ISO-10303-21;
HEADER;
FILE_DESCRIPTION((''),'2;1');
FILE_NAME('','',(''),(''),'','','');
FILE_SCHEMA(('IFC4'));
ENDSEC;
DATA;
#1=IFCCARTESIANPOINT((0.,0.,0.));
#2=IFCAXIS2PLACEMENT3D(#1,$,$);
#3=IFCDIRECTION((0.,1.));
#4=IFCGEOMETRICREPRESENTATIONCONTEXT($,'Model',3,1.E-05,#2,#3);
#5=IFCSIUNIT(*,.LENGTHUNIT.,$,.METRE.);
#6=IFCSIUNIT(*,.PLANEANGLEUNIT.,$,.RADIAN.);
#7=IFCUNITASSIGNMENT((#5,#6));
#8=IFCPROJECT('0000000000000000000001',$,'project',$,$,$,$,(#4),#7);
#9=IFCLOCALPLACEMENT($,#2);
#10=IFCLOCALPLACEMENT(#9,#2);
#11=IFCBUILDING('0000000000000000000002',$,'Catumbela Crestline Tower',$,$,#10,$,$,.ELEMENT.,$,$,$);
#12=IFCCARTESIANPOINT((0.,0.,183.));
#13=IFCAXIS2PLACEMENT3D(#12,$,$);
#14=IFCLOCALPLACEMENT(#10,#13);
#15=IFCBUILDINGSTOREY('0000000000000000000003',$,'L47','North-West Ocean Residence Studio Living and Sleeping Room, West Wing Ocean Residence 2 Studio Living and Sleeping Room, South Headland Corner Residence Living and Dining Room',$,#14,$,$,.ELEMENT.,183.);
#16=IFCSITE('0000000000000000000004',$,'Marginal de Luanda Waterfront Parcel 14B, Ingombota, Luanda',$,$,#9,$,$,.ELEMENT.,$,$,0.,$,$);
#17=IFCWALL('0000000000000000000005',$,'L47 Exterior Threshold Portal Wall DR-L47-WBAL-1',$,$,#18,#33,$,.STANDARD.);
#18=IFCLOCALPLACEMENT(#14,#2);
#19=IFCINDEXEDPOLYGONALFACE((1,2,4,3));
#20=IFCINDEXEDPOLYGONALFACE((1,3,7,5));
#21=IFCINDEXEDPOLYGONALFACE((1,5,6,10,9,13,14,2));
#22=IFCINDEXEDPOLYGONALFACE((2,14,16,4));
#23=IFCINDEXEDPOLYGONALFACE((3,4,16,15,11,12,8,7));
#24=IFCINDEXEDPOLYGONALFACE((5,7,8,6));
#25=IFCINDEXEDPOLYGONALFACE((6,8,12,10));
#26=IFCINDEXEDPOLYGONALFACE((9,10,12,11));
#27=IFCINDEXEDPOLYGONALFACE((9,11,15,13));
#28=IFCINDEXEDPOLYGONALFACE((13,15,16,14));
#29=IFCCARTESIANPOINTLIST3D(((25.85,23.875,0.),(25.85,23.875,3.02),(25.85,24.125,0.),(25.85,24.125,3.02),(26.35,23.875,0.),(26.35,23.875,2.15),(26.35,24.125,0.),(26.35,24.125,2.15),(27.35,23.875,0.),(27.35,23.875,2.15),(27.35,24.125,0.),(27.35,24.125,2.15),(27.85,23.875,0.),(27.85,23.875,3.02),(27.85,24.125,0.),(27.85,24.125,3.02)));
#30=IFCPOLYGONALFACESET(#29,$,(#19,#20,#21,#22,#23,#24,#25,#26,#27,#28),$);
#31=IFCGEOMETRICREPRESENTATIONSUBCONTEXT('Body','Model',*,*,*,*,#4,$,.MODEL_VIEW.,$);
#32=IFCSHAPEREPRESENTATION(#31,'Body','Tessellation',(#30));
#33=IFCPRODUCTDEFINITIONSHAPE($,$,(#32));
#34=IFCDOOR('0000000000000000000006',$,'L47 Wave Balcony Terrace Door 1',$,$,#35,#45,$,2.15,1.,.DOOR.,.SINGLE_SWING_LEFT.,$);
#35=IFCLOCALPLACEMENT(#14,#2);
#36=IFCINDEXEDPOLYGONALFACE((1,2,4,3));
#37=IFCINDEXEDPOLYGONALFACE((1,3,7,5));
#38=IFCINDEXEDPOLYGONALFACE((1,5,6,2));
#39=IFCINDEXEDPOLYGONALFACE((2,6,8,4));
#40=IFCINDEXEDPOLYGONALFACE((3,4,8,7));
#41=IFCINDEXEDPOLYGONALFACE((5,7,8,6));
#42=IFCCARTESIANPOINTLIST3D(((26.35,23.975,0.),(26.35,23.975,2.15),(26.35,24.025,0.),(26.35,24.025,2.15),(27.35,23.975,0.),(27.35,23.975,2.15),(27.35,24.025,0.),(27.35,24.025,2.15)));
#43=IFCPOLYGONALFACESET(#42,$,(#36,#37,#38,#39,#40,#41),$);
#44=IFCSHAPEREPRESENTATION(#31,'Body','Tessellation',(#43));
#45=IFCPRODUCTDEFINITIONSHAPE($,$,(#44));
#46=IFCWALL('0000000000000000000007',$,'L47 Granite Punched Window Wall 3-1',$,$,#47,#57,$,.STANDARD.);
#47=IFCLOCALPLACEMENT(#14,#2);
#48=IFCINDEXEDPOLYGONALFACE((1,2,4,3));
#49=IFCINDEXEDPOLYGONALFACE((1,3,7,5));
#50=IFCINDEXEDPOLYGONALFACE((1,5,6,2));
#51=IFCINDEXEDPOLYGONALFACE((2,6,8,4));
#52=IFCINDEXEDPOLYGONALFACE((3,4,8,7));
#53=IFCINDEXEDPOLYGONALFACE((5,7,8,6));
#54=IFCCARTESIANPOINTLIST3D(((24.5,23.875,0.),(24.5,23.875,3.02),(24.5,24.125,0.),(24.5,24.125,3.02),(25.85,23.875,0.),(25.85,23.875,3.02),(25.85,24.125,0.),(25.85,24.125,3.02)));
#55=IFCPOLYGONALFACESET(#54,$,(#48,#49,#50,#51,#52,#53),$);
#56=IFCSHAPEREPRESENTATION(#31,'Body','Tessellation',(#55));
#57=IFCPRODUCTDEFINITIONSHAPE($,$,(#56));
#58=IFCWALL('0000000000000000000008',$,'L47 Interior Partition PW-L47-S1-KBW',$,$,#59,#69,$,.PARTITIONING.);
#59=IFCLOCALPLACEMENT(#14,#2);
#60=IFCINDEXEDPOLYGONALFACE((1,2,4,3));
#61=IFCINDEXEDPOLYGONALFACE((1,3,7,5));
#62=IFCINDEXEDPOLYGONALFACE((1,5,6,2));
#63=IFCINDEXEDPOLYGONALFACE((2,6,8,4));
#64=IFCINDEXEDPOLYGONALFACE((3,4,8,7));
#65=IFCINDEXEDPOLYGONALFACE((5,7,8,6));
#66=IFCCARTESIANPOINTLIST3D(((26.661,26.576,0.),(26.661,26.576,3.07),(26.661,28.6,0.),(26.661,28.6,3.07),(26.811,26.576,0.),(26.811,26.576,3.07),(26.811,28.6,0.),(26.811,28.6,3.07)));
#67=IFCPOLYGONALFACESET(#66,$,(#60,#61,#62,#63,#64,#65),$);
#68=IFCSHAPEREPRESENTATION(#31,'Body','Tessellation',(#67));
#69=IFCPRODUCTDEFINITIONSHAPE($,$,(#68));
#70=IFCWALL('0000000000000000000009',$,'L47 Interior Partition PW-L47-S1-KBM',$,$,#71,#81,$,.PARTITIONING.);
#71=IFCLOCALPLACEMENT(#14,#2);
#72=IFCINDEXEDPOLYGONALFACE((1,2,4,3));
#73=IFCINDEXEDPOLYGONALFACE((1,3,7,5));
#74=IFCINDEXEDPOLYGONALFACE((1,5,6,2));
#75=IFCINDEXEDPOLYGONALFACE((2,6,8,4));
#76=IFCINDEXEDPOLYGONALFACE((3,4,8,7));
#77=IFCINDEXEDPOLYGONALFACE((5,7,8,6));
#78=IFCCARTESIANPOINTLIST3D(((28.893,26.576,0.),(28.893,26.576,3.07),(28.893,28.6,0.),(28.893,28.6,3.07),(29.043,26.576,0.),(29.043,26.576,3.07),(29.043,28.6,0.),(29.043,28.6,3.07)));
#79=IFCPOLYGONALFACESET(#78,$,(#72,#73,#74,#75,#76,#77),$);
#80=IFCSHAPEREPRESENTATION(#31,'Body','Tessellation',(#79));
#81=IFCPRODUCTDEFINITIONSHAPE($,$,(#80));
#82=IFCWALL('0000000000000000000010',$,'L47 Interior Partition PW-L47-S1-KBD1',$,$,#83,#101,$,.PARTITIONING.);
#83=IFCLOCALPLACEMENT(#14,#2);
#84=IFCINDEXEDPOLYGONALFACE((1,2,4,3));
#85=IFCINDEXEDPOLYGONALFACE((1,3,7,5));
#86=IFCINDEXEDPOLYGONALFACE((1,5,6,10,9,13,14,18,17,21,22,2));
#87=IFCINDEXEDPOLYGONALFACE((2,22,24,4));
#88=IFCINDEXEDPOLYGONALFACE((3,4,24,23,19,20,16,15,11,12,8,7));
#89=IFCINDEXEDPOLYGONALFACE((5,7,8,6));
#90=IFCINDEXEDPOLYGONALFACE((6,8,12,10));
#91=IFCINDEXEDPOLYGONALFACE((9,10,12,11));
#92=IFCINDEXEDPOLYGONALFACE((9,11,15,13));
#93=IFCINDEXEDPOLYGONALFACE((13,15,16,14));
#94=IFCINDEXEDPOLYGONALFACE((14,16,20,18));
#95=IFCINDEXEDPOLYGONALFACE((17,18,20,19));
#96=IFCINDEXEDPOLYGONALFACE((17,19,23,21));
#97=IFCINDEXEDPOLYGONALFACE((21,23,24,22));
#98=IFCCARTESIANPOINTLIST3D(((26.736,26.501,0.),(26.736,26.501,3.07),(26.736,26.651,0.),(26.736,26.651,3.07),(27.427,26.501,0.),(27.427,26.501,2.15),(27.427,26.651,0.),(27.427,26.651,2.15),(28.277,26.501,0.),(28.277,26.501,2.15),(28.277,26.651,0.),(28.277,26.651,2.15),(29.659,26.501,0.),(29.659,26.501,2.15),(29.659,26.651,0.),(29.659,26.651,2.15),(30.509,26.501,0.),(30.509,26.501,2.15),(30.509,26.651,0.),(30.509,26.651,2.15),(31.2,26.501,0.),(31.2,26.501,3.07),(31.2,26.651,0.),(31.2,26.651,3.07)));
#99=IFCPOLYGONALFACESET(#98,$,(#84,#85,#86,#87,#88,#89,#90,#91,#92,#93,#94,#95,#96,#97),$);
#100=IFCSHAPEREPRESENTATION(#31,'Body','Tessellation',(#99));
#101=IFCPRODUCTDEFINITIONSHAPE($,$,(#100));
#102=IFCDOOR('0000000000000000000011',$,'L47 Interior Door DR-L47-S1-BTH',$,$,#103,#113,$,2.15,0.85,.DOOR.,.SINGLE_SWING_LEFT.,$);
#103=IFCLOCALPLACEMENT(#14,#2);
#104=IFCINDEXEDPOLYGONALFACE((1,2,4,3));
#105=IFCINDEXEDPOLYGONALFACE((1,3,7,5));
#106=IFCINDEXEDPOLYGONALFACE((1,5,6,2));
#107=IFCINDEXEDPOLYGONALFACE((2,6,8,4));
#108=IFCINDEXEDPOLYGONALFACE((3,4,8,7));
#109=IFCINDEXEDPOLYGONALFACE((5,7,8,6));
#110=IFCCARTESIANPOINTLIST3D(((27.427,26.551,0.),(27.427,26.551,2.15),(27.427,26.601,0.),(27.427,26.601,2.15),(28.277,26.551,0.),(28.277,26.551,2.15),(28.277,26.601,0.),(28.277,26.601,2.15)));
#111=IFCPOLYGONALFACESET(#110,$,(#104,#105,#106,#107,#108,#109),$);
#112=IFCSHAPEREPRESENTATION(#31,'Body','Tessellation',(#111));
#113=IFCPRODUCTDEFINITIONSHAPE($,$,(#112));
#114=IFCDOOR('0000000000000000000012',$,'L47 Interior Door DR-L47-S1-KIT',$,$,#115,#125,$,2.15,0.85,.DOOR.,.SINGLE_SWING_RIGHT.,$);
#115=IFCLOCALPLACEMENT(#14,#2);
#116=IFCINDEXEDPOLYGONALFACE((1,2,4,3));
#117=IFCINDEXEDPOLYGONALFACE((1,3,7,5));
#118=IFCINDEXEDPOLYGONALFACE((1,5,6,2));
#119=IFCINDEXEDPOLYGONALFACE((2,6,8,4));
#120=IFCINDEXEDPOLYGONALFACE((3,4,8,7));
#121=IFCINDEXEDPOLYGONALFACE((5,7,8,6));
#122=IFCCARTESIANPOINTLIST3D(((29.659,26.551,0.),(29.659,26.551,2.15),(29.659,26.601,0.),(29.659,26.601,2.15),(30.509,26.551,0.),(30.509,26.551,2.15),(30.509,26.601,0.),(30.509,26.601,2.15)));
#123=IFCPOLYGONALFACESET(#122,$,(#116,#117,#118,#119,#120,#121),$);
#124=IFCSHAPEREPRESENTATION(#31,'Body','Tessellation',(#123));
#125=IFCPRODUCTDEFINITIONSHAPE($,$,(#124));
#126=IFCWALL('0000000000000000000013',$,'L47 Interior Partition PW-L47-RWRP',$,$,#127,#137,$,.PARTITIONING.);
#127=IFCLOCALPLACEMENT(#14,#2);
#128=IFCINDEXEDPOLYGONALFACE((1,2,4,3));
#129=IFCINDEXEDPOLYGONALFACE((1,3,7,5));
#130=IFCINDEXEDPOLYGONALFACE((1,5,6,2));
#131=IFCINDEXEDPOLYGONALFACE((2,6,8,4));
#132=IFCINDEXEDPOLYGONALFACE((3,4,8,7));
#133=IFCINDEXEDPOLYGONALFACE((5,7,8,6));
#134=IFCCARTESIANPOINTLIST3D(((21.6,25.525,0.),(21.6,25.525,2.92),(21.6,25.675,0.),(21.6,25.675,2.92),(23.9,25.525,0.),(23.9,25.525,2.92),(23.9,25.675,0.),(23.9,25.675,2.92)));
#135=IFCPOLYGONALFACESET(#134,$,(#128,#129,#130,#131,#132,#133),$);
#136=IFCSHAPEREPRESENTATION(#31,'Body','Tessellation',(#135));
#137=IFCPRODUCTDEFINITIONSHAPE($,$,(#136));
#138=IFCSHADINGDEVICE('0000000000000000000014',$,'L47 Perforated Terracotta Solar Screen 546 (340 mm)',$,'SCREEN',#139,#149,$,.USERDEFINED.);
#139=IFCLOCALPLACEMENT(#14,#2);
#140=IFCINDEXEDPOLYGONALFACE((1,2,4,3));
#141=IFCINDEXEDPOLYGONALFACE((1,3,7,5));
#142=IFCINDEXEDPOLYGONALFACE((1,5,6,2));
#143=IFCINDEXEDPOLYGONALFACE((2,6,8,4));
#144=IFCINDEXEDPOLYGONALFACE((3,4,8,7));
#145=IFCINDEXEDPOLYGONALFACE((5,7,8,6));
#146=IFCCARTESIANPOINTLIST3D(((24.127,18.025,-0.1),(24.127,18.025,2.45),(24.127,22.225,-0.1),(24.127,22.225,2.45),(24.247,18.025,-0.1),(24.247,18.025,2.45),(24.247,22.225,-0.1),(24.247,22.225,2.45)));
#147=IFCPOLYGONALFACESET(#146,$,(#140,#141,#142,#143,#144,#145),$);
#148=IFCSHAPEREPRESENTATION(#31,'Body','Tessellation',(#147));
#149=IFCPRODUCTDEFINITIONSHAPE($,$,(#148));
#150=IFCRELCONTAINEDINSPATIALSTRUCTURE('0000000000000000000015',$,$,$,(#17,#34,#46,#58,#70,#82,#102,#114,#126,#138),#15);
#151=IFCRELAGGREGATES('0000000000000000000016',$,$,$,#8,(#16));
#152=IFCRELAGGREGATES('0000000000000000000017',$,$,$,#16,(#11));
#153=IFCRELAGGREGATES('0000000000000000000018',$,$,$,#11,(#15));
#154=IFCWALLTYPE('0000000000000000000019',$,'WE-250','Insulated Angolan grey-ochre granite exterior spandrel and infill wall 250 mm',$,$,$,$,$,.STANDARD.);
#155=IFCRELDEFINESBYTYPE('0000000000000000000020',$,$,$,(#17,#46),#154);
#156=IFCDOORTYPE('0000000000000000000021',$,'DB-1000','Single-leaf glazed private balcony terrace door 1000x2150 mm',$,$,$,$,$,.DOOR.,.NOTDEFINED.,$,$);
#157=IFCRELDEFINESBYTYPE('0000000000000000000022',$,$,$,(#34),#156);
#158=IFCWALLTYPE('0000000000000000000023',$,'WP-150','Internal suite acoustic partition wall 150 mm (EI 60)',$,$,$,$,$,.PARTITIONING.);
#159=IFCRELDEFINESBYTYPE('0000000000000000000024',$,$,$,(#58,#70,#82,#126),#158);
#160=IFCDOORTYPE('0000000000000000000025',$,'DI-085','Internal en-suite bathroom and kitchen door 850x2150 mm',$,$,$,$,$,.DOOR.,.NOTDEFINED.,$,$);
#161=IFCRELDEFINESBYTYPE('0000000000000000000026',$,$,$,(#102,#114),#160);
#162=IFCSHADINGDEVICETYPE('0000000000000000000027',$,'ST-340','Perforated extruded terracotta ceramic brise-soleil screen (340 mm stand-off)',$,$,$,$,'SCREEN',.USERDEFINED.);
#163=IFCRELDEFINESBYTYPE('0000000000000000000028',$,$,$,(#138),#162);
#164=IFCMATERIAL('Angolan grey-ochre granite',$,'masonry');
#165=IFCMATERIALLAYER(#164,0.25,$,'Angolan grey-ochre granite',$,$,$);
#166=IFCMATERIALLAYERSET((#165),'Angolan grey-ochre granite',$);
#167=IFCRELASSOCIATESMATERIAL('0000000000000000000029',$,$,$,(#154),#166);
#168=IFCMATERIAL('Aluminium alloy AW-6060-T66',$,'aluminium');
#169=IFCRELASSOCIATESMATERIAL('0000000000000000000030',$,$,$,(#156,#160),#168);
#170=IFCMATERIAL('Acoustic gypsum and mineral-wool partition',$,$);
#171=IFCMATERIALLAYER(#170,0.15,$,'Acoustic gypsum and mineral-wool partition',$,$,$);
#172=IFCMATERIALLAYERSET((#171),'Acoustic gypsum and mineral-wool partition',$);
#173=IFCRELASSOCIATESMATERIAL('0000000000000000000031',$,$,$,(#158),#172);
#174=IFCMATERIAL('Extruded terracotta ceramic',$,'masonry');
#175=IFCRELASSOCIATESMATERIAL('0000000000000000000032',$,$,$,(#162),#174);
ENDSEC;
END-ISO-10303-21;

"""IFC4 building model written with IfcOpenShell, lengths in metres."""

from ifc_helpers import new_model, si_unit, direction, frame, frame_2d, origin, origin_2d, place, context, subcontext, project, spatial, rectangle, extrude, material, layer, layer_set, type_object, element, fill, save


model = new_model("IFC4")

# Units and contexts
model_context = context("Model", 3, precision=1e-05, world=origin(), true_north=direction((0.0, 1.0)))
body_context = subcontext(model_context, "Body", "Model", "MODEL_VIEW")
ifc_project = project(units=[si_unit("LENGTHUNIT", "METRE"), si_unit("PLANEANGLEUNIT", "RADIAN")], contexts=[model_context])

# Site, building, storey
site_placement = place(None, origin())
site = spatial("IfcSite", under=ifc_project, at=site_placement, Name="Marginal de Luanda Waterfront Parcel 14B, Ingombota, Luanda", CompositionType="ELEMENT", RefElevation=0.0)
building_placement = place(site_placement, origin())
building = spatial("IfcBuilding", under=site, at=building_placement, Name="Catumbela Crestline Tower", CompositionType="ELEMENT")
storey_placement = place(building_placement, frame((0.0, 0.0, 183.0)))
storey = spatial("IfcBuildingStorey", under=building, at=storey_placement, Name="L47", Description="North-West Ocean Residence Studio Living and Sleeping Room, West Wing Ocean Residence 2 Studio Living and Sleeping Room, South Headland Corner Residence Living and Dining Room", CompositionType="ELEMENT", Elevation=183.0)

# Shared definitions
ifc_material_1 = material(Name="Aluminium alloy AW-6060-T66", Category="aluminium")

# Wall, opening, door
ifc_material_2 = material(Name="Acoustic gypsum and mineral-wool partition")
ifc_material_3 = material(Name="Angolan grey-ochre granite", Category="masonry")
ifc_layer_1 = layer(ifc_material_3, 0.25, Name="Angolan grey-ochre granite")
ifc_layer_set_1 = layer_set([ifc_layer_1], Name="Angolan grey-ochre granite")
wall_type_1 = type_object("IfcWallType", Name="WE-250", Description="Insulated Angolan grey-ochre granite exterior spandrel and infill wall 250 mm", PredefinedType="STANDARD", material=ifc_layer_set_1)
wall_1_placement = place(storey_placement, frame((25.85, 24.0, 0.0), z_axis=(0.0, 0.0, 1.0), x_axis=(1.0, 0.0, 0.0)))
wall_1 = element("IfcWall", 1, at=wall_1_placement, inside=storey, type_object=wall_type_1, Name="L47 Exterior Threshold Portal Wall DR-L47-WBAL-1", PredefinedType="STANDARD", context=body_context, shape_type="SweptSolid", body=[
    extrude(rectangle(XDim=2.0, YDim=0.25, at=frame_2d((1.0, 0.0))), origin(), (0.0, 0.0, 1.0), 3.02),
])
opening_1_placement = place(wall_1_placement, frame((0.5, 0.0, 0.0)))
opening_1 = element("IfcOpeningElement", 2, at=opening_1_placement, cuts=wall_1, PredefinedType="OPENING", context=body_context, shape_type="SweptSolid", body=[
    extrude(rectangle(XDim=1.0, YDim=2.15, at=frame_2d((0.5, 1.075))), frame((0.0, 0.135, 0.0), z_axis=(0.0, -1.0, 0.0), x_axis=(1.0, 0.0, 0.0)), (0.0, 0.0, 1.0), 0.27),
])
door_type_1 = type_object("IfcDoorType", Name="DB-1000", Description="Single-leaf glazed private balcony terrace door 1000x2150 mm", OperationType="NOTDEFINED", PredefinedType="DOOR", material=ifc_material_1)
door_1_placement = place(opening_1_placement, origin())
door_1 = element("IfcDoor", 3, at=door_1_placement, inside=storey, type_object=door_type_1, Name="L47 Wave Balcony Terrace Door 1", OperationType="SINGLE_SWING_LEFT", OverallHeight=2.15, OverallWidth=1.0, PredefinedType="DOOR", context=body_context, shape_type="SweptSolid", body=[
    extrude(rectangle(XDim=1.0, YDim=2.15, at=frame_2d((0.5, 1.075))), frame((0.0, 0.025, 0.0), z_axis=(0.0, -1.0, 0.0), x_axis=(1.0, 0.0, 0.0)), (0.0, 0.0, 1.0), 0.05),
])
fill(opening_1, door_1)

# Walls
wall_2_placement = place(storey_placement, frame((24.5, 24.0, 0.0), z_axis=(0.0, 0.0, 1.0), x_axis=(1.0, 0.0, 0.0)))
element("IfcWall", 4, at=wall_2_placement, inside=storey, type_object=wall_type_1, Name="L47 Granite Punched Window Wall 3-1", PredefinedType="STANDARD", context=body_context, shape_type="SweptSolid", body=[
    extrude(rectangle(XDim=1.35, YDim=0.25, at=frame_2d((0.675, 0.0))), origin(), (0.0, 0.0, 1.0), 3.02),
])
ifc_layer_2 = layer(ifc_material_2, 0.15, Name="Acoustic gypsum and mineral-wool partition")
ifc_layer_set_2 = layer_set([ifc_layer_2], Name="Acoustic gypsum and mineral-wool partition")
wall_type_2 = type_object("IfcWallType", Name="WP-150", Description="Internal suite acoustic partition wall 150 mm (EI 60)", PredefinedType="PARTITIONING", material=ifc_layer_set_2)
for number, where, z_axis, x_axis, name in (
    (5, (26.736, 26.576, 0.0), (0.0, 0.0, 1.0), (0.0, 1.0, 0.0), "L47 Interior Partition PW-L47-S1-KBW"),
    (6, (28.968, 26.576, 0.0), (0.0, 0.0, 1.0), (0.0, 1.0, 0.0), "L47 Interior Partition PW-L47-S1-KBM"),
):
    element("IfcWall", number, at=place(storey_placement, frame(where, z_axis=z_axis, x_axis=x_axis)), inside=storey, type_object=wall_type_2, Name=name, PredefinedType="PARTITIONING", context=body_context, shape_type="SweptSolid", body=[
        extrude(rectangle(XDim=2.024, YDim=0.15, at=frame_2d((1.012, 0.0))), origin(), (0.0, 0.0, 1.0), 3.07),
    ])

# Wall, openings, doors
wall_3_placement = place(storey_placement, frame((26.736, 26.576, 0.0), z_axis=(0.0, 0.0, 1.0), x_axis=(1.0, 0.0, 0.0)))
wall_3 = element("IfcWall", 7, at=wall_3_placement, inside=storey, type_object=wall_type_2, Name="L47 Interior Partition PW-L47-S1-KBD1", PredefinedType="PARTITIONING", context=body_context, shape_type="SweptSolid", body=[
    extrude(rectangle(XDim=4.464, YDim=0.15, at=frame_2d((2.232, 0.0))), origin(), (0.0, 0.0, 1.0), 3.07),
])
opening_2_placement = place(wall_3_placement, frame((0.691, 0.0, 0.0)))
opening_2 = element("IfcOpeningElement", 8, at=opening_2_placement, cuts=wall_3, PredefinedType="OPENING", context=body_context, shape_type="SweptSolid", body=[
    extrude(rectangle(XDim=0.85, YDim=2.15, at=frame_2d((0.425, 1.075))), frame((0.0, 0.085, 0.0), z_axis=(0.0, -1.0, 0.0), x_axis=(1.0, 0.0, 0.0)), (0.0, 0.0, 1.0), 0.17),
])
opening_3_placement = place(wall_3_placement, frame((2.923, 0.0, 0.0)))
opening_3 = element("IfcOpeningElement", 9, at=opening_3_placement, cuts=wall_3, PredefinedType="OPENING", context=body_context, shape_type="SweptSolid", body=[
    extrude(rectangle(XDim=0.85, YDim=2.15, at=frame_2d((0.425, 1.075))), frame((0.0, 0.085, 0.0), z_axis=(0.0, -1.0, 0.0), x_axis=(1.0, 0.0, 0.0)), (0.0, 0.0, 1.0), 0.17),
])
door_type_2 = type_object("IfcDoorType", Name="DI-085", Description="Internal en-suite bathroom and kitchen door 850x2150 mm", OperationType="NOTDEFINED", PredefinedType="DOOR", material=ifc_material_1)
door_2_placement = place(opening_2_placement, origin())
door_2 = element("IfcDoor", 10, at=door_2_placement, inside=storey, type_object=door_type_2, Name="L47 Interior Door DR-L47-S1-BTH", OperationType="SINGLE_SWING_LEFT", OverallHeight=2.15, OverallWidth=0.85, PredefinedType="DOOR", context=body_context, shape_type="SweptSolid", body=[
    extrude(rectangle(XDim=0.85, YDim=2.15, at=frame_2d((0.425, 1.075))), frame((0.0, 0.025, 0.0), z_axis=(0.0, -1.0, 0.0), x_axis=(1.0, 0.0, 0.0)), (0.0, 0.0, 1.0), 0.05),
])
fill(opening_2, door_2)
door_3_placement = place(opening_3_placement, origin())
door_3 = element("IfcDoor", 11, at=door_3_placement, inside=storey, type_object=door_type_2, Name="L47 Interior Door DR-L47-S1-KIT", OperationType="SINGLE_SWING_RIGHT", OverallHeight=2.15, OverallWidth=0.85, PredefinedType="DOOR", context=body_context, shape_type="SweptSolid", body=[
    extrude(rectangle(XDim=0.85, YDim=2.15, at=frame_2d((0.425, 1.075))), frame((0.0, 0.025, 0.0), z_axis=(0.0, -1.0, 0.0), x_axis=(1.0, 0.0, 0.0)), (0.0, 0.0, 1.0), 0.05),
])
fill(opening_3, door_3)

# Wall
wall_4_placement = place(storey_placement, frame((21.6, 25.6, 0.0), z_axis=(0.0, 0.0, 1.0), x_axis=(1.0, 0.0, 0.0)))
element("IfcWall", 12, at=wall_4_placement, inside=storey, type_object=wall_type_2, Name="L47 Interior Partition PW-L47-RWRP", PredefinedType="PARTITIONING", context=body_context, shape_type="SweptSolid", body=[
    extrude(rectangle(XDim=2.3, YDim=0.15, at=frame_2d((1.15, 0.0))), origin(), (0.0, 0.0, 1.0), 2.92),
])

# Shading device
ifc_material_4 = material(Name="Extruded terracotta ceramic", Category="masonry")
shading_device_type = type_object("IfcShadingDeviceType", Name="ST-340", Description="Perforated extruded terracotta ceramic brise-soleil screen (340 mm stand-off)", ElementType="SCREEN", PredefinedType="USERDEFINED", material=ifc_material_4)
shading_device_placement = place(storey_placement, frame((24.187, 20.125, -0.1), z_axis=(0.0, 0.0, 1.0), x_axis=(0.0, 1.0, 0.0)))
element("IfcShadingDevice", 13, at=shading_device_placement, inside=storey, type_object=shading_device_type, Name="L47 Perforated Terracotta Solar Screen 546 (340 mm)", ObjectType="SCREEN", PredefinedType="USERDEFINED", context=body_context, shape_type="SweptSolid", body=[
    extrude(rectangle(XDim=4.2, YDim=0.12, at=origin_2d()), origin(), (0.0, 0.0, 1.0), 2.55),
])

save(model, "model.ifc")
